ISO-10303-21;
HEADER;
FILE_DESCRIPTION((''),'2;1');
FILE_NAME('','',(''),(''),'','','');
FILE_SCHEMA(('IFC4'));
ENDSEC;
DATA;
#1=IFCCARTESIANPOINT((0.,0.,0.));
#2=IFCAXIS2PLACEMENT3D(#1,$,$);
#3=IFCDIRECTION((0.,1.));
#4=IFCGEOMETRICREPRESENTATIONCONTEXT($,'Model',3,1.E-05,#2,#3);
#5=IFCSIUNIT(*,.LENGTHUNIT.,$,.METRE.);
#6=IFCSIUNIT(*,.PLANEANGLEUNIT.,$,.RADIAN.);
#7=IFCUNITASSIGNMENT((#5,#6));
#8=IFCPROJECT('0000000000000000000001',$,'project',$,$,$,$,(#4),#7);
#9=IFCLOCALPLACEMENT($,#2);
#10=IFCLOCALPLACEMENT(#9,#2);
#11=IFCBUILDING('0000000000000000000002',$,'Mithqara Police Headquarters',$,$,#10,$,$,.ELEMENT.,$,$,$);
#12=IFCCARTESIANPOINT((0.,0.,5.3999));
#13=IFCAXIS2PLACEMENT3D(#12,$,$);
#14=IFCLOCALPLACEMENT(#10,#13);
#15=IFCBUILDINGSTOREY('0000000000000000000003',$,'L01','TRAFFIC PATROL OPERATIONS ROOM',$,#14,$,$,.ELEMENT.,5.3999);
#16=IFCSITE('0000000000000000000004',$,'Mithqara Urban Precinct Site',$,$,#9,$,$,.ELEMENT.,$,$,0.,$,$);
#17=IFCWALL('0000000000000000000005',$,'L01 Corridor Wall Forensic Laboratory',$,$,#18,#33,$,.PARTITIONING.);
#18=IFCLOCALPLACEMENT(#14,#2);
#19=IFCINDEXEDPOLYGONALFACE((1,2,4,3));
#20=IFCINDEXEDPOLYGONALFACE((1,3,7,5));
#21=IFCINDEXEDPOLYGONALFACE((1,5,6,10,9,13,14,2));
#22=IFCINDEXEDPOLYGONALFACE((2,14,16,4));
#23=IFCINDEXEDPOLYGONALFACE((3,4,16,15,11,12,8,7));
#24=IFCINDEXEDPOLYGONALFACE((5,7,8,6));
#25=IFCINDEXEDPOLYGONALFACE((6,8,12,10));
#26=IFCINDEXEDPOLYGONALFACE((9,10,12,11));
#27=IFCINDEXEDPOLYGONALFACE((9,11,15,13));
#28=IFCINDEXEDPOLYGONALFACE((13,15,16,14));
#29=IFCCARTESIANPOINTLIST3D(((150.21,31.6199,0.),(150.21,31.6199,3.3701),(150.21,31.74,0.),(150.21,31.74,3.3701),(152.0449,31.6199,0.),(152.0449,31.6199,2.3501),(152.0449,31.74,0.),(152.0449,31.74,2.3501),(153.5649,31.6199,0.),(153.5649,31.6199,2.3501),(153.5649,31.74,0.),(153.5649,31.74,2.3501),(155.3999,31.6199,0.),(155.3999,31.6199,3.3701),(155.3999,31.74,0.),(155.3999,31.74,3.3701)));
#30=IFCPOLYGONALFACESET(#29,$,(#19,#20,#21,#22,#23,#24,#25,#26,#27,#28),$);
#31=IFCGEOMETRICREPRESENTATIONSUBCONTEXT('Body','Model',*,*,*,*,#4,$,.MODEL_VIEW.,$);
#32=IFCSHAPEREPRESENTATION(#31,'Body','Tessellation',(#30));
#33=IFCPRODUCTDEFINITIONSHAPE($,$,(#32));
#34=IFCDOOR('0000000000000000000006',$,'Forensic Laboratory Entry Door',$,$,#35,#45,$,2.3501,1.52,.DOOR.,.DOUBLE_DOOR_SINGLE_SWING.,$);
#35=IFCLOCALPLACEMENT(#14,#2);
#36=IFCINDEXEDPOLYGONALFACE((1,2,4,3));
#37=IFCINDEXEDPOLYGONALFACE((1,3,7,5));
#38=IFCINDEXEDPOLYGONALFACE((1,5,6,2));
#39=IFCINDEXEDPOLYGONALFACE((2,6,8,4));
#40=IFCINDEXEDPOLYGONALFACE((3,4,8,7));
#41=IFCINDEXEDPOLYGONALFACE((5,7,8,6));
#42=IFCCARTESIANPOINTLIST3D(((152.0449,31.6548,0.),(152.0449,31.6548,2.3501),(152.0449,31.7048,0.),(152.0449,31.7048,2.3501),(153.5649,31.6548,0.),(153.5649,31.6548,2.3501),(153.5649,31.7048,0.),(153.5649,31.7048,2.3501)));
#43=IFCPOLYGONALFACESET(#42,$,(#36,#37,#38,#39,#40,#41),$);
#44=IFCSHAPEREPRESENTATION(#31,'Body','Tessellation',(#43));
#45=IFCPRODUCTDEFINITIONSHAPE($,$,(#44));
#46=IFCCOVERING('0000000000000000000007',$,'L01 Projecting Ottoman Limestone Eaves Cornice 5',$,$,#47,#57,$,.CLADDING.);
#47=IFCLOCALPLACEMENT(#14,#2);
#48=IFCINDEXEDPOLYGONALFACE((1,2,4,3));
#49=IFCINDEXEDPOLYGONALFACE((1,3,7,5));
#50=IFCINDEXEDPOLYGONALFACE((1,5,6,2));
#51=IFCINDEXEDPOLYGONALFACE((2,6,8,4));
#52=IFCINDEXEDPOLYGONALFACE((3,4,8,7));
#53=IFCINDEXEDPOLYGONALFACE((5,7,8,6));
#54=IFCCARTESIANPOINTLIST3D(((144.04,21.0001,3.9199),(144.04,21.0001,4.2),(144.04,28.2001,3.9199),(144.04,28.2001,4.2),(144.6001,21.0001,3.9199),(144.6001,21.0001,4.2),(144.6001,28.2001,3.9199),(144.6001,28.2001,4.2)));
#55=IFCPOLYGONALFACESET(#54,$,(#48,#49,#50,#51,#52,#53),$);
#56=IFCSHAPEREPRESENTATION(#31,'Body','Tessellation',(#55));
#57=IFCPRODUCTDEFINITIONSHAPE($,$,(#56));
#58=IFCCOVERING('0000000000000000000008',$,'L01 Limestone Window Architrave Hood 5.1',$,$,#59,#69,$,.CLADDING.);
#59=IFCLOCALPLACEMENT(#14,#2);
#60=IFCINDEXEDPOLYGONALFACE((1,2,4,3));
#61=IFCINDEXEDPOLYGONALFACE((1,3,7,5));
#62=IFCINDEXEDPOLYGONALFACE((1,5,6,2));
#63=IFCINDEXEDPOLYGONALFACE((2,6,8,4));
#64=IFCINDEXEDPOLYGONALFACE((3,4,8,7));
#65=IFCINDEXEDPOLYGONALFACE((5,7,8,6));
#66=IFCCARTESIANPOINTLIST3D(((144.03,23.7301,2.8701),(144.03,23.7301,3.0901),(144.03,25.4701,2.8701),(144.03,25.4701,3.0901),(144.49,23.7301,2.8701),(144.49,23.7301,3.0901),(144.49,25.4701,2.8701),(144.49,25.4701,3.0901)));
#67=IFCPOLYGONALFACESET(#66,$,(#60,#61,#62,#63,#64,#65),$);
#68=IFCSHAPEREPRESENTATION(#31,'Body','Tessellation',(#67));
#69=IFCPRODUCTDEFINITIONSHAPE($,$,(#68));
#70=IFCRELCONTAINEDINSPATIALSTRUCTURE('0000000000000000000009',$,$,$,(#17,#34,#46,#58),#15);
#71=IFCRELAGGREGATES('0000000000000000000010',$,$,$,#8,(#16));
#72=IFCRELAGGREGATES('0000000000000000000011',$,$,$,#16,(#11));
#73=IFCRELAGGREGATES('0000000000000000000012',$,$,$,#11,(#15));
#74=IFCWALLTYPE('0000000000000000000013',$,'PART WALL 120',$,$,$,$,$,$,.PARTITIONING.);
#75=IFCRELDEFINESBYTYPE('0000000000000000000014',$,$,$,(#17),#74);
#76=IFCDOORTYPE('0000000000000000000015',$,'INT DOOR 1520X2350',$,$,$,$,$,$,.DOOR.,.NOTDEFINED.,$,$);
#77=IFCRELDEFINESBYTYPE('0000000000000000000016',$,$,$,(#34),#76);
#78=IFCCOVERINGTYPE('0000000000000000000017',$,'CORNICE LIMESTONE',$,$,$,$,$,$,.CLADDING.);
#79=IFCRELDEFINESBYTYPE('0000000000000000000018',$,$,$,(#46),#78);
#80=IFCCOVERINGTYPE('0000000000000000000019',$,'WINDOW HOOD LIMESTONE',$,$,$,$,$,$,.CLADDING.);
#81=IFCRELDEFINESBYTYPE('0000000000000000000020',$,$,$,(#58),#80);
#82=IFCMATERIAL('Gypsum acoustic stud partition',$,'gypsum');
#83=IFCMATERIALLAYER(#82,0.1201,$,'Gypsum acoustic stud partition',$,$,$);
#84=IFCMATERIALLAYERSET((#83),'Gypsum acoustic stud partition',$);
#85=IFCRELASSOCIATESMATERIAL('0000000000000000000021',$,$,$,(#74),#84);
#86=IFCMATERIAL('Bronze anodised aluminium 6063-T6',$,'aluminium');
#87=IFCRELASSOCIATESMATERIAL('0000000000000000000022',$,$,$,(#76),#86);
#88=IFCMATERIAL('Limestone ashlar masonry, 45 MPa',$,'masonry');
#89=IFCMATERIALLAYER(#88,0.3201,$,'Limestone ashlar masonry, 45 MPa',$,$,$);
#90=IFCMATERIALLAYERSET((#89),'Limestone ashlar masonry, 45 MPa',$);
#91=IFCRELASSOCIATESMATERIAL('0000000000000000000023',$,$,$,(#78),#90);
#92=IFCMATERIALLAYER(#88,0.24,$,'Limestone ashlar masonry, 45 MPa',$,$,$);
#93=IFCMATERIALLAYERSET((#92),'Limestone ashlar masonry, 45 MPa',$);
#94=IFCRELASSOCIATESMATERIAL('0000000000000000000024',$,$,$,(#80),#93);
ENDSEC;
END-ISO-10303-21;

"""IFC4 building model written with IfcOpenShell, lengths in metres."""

from ifc_helpers import new_model, si_unit, direction, frame, frame_2d, origin, origin_2d, place, context, subcontext, project, spatial, rectangle, extrude, material, layer, layer_set, type_object, element, fill, save


model = new_model("IFC4")

# Units and contexts
model_context = context("Model", 3, precision=1e-05, world=origin(), true_north=direction((0.0, 1.0)))
body_context = subcontext(model_context, "Body", "Model", "MODEL_VIEW")
ifc_project = project(units=[si_unit("LENGTHUNIT", "METRE"), si_unit("PLANEANGLEUNIT", "RADIAN")], contexts=[model_context])

# Site, building, storey
site_placement = place(None, origin())
site = spatial("IfcSite", under=ifc_project, at=site_placement, Name="Mithqara Urban Precinct Site", CompositionType="ELEMENT", RefElevation=0.0)
building_placement = place(site_placement, origin())
building = spatial("IfcBuilding", under=site, at=building_placement, Name="Mithqara Police Headquarters", CompositionType="ELEMENT")
storey_placement = place(building_placement, frame((0.0, 0.0, 5.3999)))
storey = spatial("IfcBuildingStorey", under=building, at=storey_placement, Name="L01", Description="TRAFFIC PATROL OPERATIONS ROOM", CompositionType="ELEMENT", Elevation=5.3999)

# Shared definitions
ifc_material_1 = material(Name="Gypsum acoustic stud partition", Category="gypsum")
ifc_layer_1 = layer(ifc_material_1, 0.1201, Name="Gypsum acoustic stud partition")
ifc_layer_set_1 = layer_set([ifc_layer_1], Name="Gypsum acoustic stud partition")
wall_type_1 = type_object("IfcWallType", Name="PART WALL 120", PredefinedType="PARTITIONING", material=ifc_layer_set_1)
ifc_material_2 = material(Name="Bronze anodised aluminium 6063-T6", Category="aluminium")

# Wall, opening, door
wall_1_placement = place(storey_placement, frame((150.21, 31.6799, 0.0), z_axis=(0.0, 0.0, 1.0), x_axis=(1.0, 0.0, 0.0)))
wall_1 = element("IfcWall", 1, at=wall_1_placement, inside=storey, type_object=wall_type_1, Name="L01 Corridor Wall Forensic Laboratory", PredefinedType="PARTITIONING", context=body_context, shape_type="SweptSolid", body=[
    extrude(rectangle(XDim=5.1899, YDim=0.1201, at=frame_2d((2.595, 0.0))), origin(), (0.0, 0.0, 1.0), 3.3701),
])
opening_1_placement = place(wall_1_placement, frame((1.835, 0.0, 0.0)))
opening_1 = element("IfcOpeningElement", 2, at=opening_1_placement, cuts=wall_1, PredefinedType="OPENING", context=body_context, shape_type="SweptSolid", body=[
    extrude(rectangle(XDim=1.52, YDim=2.3501, at=frame_2d((0.76, 1.175))), frame((0.0, 0.0701, 0.0), z_axis=(0.0, -1.0, 0.0), x_axis=(1.0, 0.0, 0.0)), (0.0, 0.0, 1.0), 0.1401),
])
door_type_1 = type_object("IfcDoorType", Name="INT DOOR 1520X2350", OperationType="NOTDEFINED", PredefinedType="DOOR", material=ifc_material_2)
door_1_placement = place(opening_1_placement, origin())
door_1 = element("IfcDoor", 3, at=door_1_placement, inside=storey, type_object=door_type_1, Name="Forensic Laboratory Entry Door", OperationType="DOUBLE_DOOR_SINGLE_SWING", OverallHeight=2.3501, OverallWidth=1.52, PredefinedType="DOOR", context=body_context, shape_type="SweptSolid", body=[
    extrude(rectangle(XDim=1.52, YDim=2.3501, at=frame_2d((0.76, 1.175))), frame((0.0, 0.0249, 0.0), z_axis=(0.0, -1.0, 0.0), x_axis=(1.0, 0.0, 0.0)), (0.0, 0.0, 1.0), 0.05),
])
fill(opening_1, door_1)

# Coverings
ifc_material_3 = material(Name="Limestone ashlar masonry, 45 MPa", Category="masonry")
ifc_layer_2 = layer(ifc_material_3, 0.3201, Name="Limestone ashlar masonry, 45 MPa")
ifc_layer_set_2 = layer_set([ifc_layer_2], Name="Limestone ashlar masonry, 45 MPa")
covering_type_1 = type_object("IfcCoveringType", Name="CORNICE LIMESTONE", PredefinedType="CLADDING", material=ifc_layer_set_2)
covering_1_placement = place(storey_placement, frame((144.3201, 24.6001, 3.9199), z_axis=(0.0, 0.0, 1.0), x_axis=(0.0, 1.0, 0.0)))
element("IfcCovering", 4, at=covering_1_placement, inside=storey, type_object=covering_type_1, Name="L01 Projecting Ottoman Limestone Eaves Cornice 5", PredefinedType="CLADDING", context=body_context, shape_type="SweptSolid", body=[
    extrude(rectangle(XDim=7.2, YDim=0.5601, at=origin_2d()), origin(), (0.0, 0.0, 1.0), 0.28),
])
ifc_layer_3 = layer(ifc_material_3, 0.24, Name="Limestone ashlar masonry, 45 MPa")
ifc_layer_set_3 = layer_set([ifc_layer_3], Name="Limestone ashlar masonry, 45 MPa")
covering_type_2 = type_object("IfcCoveringType", Name="WINDOW HOOD LIMESTONE", PredefinedType="CLADDING", material=ifc_layer_set_3)
covering_2_placement = place(storey_placement, frame((144.26, 24.6001, 2.8701), z_axis=(0.0, 0.0, 1.0), x_axis=(0.0, 1.0, 0.0)))
element("IfcCovering", 5, at=covering_2_placement, inside=storey, type_object=covering_type_2, Name="L01 Limestone Window Architrave Hood 5.1", PredefinedType="CLADDING", context=body_context, shape_type="SweptSolid", body=[
    extrude(rectangle(XDim=1.74, YDim=0.46, at=origin_2d()), origin(), (0.0, 0.0, 1.0), 0.22),
])

save(model, "model.ifc")
